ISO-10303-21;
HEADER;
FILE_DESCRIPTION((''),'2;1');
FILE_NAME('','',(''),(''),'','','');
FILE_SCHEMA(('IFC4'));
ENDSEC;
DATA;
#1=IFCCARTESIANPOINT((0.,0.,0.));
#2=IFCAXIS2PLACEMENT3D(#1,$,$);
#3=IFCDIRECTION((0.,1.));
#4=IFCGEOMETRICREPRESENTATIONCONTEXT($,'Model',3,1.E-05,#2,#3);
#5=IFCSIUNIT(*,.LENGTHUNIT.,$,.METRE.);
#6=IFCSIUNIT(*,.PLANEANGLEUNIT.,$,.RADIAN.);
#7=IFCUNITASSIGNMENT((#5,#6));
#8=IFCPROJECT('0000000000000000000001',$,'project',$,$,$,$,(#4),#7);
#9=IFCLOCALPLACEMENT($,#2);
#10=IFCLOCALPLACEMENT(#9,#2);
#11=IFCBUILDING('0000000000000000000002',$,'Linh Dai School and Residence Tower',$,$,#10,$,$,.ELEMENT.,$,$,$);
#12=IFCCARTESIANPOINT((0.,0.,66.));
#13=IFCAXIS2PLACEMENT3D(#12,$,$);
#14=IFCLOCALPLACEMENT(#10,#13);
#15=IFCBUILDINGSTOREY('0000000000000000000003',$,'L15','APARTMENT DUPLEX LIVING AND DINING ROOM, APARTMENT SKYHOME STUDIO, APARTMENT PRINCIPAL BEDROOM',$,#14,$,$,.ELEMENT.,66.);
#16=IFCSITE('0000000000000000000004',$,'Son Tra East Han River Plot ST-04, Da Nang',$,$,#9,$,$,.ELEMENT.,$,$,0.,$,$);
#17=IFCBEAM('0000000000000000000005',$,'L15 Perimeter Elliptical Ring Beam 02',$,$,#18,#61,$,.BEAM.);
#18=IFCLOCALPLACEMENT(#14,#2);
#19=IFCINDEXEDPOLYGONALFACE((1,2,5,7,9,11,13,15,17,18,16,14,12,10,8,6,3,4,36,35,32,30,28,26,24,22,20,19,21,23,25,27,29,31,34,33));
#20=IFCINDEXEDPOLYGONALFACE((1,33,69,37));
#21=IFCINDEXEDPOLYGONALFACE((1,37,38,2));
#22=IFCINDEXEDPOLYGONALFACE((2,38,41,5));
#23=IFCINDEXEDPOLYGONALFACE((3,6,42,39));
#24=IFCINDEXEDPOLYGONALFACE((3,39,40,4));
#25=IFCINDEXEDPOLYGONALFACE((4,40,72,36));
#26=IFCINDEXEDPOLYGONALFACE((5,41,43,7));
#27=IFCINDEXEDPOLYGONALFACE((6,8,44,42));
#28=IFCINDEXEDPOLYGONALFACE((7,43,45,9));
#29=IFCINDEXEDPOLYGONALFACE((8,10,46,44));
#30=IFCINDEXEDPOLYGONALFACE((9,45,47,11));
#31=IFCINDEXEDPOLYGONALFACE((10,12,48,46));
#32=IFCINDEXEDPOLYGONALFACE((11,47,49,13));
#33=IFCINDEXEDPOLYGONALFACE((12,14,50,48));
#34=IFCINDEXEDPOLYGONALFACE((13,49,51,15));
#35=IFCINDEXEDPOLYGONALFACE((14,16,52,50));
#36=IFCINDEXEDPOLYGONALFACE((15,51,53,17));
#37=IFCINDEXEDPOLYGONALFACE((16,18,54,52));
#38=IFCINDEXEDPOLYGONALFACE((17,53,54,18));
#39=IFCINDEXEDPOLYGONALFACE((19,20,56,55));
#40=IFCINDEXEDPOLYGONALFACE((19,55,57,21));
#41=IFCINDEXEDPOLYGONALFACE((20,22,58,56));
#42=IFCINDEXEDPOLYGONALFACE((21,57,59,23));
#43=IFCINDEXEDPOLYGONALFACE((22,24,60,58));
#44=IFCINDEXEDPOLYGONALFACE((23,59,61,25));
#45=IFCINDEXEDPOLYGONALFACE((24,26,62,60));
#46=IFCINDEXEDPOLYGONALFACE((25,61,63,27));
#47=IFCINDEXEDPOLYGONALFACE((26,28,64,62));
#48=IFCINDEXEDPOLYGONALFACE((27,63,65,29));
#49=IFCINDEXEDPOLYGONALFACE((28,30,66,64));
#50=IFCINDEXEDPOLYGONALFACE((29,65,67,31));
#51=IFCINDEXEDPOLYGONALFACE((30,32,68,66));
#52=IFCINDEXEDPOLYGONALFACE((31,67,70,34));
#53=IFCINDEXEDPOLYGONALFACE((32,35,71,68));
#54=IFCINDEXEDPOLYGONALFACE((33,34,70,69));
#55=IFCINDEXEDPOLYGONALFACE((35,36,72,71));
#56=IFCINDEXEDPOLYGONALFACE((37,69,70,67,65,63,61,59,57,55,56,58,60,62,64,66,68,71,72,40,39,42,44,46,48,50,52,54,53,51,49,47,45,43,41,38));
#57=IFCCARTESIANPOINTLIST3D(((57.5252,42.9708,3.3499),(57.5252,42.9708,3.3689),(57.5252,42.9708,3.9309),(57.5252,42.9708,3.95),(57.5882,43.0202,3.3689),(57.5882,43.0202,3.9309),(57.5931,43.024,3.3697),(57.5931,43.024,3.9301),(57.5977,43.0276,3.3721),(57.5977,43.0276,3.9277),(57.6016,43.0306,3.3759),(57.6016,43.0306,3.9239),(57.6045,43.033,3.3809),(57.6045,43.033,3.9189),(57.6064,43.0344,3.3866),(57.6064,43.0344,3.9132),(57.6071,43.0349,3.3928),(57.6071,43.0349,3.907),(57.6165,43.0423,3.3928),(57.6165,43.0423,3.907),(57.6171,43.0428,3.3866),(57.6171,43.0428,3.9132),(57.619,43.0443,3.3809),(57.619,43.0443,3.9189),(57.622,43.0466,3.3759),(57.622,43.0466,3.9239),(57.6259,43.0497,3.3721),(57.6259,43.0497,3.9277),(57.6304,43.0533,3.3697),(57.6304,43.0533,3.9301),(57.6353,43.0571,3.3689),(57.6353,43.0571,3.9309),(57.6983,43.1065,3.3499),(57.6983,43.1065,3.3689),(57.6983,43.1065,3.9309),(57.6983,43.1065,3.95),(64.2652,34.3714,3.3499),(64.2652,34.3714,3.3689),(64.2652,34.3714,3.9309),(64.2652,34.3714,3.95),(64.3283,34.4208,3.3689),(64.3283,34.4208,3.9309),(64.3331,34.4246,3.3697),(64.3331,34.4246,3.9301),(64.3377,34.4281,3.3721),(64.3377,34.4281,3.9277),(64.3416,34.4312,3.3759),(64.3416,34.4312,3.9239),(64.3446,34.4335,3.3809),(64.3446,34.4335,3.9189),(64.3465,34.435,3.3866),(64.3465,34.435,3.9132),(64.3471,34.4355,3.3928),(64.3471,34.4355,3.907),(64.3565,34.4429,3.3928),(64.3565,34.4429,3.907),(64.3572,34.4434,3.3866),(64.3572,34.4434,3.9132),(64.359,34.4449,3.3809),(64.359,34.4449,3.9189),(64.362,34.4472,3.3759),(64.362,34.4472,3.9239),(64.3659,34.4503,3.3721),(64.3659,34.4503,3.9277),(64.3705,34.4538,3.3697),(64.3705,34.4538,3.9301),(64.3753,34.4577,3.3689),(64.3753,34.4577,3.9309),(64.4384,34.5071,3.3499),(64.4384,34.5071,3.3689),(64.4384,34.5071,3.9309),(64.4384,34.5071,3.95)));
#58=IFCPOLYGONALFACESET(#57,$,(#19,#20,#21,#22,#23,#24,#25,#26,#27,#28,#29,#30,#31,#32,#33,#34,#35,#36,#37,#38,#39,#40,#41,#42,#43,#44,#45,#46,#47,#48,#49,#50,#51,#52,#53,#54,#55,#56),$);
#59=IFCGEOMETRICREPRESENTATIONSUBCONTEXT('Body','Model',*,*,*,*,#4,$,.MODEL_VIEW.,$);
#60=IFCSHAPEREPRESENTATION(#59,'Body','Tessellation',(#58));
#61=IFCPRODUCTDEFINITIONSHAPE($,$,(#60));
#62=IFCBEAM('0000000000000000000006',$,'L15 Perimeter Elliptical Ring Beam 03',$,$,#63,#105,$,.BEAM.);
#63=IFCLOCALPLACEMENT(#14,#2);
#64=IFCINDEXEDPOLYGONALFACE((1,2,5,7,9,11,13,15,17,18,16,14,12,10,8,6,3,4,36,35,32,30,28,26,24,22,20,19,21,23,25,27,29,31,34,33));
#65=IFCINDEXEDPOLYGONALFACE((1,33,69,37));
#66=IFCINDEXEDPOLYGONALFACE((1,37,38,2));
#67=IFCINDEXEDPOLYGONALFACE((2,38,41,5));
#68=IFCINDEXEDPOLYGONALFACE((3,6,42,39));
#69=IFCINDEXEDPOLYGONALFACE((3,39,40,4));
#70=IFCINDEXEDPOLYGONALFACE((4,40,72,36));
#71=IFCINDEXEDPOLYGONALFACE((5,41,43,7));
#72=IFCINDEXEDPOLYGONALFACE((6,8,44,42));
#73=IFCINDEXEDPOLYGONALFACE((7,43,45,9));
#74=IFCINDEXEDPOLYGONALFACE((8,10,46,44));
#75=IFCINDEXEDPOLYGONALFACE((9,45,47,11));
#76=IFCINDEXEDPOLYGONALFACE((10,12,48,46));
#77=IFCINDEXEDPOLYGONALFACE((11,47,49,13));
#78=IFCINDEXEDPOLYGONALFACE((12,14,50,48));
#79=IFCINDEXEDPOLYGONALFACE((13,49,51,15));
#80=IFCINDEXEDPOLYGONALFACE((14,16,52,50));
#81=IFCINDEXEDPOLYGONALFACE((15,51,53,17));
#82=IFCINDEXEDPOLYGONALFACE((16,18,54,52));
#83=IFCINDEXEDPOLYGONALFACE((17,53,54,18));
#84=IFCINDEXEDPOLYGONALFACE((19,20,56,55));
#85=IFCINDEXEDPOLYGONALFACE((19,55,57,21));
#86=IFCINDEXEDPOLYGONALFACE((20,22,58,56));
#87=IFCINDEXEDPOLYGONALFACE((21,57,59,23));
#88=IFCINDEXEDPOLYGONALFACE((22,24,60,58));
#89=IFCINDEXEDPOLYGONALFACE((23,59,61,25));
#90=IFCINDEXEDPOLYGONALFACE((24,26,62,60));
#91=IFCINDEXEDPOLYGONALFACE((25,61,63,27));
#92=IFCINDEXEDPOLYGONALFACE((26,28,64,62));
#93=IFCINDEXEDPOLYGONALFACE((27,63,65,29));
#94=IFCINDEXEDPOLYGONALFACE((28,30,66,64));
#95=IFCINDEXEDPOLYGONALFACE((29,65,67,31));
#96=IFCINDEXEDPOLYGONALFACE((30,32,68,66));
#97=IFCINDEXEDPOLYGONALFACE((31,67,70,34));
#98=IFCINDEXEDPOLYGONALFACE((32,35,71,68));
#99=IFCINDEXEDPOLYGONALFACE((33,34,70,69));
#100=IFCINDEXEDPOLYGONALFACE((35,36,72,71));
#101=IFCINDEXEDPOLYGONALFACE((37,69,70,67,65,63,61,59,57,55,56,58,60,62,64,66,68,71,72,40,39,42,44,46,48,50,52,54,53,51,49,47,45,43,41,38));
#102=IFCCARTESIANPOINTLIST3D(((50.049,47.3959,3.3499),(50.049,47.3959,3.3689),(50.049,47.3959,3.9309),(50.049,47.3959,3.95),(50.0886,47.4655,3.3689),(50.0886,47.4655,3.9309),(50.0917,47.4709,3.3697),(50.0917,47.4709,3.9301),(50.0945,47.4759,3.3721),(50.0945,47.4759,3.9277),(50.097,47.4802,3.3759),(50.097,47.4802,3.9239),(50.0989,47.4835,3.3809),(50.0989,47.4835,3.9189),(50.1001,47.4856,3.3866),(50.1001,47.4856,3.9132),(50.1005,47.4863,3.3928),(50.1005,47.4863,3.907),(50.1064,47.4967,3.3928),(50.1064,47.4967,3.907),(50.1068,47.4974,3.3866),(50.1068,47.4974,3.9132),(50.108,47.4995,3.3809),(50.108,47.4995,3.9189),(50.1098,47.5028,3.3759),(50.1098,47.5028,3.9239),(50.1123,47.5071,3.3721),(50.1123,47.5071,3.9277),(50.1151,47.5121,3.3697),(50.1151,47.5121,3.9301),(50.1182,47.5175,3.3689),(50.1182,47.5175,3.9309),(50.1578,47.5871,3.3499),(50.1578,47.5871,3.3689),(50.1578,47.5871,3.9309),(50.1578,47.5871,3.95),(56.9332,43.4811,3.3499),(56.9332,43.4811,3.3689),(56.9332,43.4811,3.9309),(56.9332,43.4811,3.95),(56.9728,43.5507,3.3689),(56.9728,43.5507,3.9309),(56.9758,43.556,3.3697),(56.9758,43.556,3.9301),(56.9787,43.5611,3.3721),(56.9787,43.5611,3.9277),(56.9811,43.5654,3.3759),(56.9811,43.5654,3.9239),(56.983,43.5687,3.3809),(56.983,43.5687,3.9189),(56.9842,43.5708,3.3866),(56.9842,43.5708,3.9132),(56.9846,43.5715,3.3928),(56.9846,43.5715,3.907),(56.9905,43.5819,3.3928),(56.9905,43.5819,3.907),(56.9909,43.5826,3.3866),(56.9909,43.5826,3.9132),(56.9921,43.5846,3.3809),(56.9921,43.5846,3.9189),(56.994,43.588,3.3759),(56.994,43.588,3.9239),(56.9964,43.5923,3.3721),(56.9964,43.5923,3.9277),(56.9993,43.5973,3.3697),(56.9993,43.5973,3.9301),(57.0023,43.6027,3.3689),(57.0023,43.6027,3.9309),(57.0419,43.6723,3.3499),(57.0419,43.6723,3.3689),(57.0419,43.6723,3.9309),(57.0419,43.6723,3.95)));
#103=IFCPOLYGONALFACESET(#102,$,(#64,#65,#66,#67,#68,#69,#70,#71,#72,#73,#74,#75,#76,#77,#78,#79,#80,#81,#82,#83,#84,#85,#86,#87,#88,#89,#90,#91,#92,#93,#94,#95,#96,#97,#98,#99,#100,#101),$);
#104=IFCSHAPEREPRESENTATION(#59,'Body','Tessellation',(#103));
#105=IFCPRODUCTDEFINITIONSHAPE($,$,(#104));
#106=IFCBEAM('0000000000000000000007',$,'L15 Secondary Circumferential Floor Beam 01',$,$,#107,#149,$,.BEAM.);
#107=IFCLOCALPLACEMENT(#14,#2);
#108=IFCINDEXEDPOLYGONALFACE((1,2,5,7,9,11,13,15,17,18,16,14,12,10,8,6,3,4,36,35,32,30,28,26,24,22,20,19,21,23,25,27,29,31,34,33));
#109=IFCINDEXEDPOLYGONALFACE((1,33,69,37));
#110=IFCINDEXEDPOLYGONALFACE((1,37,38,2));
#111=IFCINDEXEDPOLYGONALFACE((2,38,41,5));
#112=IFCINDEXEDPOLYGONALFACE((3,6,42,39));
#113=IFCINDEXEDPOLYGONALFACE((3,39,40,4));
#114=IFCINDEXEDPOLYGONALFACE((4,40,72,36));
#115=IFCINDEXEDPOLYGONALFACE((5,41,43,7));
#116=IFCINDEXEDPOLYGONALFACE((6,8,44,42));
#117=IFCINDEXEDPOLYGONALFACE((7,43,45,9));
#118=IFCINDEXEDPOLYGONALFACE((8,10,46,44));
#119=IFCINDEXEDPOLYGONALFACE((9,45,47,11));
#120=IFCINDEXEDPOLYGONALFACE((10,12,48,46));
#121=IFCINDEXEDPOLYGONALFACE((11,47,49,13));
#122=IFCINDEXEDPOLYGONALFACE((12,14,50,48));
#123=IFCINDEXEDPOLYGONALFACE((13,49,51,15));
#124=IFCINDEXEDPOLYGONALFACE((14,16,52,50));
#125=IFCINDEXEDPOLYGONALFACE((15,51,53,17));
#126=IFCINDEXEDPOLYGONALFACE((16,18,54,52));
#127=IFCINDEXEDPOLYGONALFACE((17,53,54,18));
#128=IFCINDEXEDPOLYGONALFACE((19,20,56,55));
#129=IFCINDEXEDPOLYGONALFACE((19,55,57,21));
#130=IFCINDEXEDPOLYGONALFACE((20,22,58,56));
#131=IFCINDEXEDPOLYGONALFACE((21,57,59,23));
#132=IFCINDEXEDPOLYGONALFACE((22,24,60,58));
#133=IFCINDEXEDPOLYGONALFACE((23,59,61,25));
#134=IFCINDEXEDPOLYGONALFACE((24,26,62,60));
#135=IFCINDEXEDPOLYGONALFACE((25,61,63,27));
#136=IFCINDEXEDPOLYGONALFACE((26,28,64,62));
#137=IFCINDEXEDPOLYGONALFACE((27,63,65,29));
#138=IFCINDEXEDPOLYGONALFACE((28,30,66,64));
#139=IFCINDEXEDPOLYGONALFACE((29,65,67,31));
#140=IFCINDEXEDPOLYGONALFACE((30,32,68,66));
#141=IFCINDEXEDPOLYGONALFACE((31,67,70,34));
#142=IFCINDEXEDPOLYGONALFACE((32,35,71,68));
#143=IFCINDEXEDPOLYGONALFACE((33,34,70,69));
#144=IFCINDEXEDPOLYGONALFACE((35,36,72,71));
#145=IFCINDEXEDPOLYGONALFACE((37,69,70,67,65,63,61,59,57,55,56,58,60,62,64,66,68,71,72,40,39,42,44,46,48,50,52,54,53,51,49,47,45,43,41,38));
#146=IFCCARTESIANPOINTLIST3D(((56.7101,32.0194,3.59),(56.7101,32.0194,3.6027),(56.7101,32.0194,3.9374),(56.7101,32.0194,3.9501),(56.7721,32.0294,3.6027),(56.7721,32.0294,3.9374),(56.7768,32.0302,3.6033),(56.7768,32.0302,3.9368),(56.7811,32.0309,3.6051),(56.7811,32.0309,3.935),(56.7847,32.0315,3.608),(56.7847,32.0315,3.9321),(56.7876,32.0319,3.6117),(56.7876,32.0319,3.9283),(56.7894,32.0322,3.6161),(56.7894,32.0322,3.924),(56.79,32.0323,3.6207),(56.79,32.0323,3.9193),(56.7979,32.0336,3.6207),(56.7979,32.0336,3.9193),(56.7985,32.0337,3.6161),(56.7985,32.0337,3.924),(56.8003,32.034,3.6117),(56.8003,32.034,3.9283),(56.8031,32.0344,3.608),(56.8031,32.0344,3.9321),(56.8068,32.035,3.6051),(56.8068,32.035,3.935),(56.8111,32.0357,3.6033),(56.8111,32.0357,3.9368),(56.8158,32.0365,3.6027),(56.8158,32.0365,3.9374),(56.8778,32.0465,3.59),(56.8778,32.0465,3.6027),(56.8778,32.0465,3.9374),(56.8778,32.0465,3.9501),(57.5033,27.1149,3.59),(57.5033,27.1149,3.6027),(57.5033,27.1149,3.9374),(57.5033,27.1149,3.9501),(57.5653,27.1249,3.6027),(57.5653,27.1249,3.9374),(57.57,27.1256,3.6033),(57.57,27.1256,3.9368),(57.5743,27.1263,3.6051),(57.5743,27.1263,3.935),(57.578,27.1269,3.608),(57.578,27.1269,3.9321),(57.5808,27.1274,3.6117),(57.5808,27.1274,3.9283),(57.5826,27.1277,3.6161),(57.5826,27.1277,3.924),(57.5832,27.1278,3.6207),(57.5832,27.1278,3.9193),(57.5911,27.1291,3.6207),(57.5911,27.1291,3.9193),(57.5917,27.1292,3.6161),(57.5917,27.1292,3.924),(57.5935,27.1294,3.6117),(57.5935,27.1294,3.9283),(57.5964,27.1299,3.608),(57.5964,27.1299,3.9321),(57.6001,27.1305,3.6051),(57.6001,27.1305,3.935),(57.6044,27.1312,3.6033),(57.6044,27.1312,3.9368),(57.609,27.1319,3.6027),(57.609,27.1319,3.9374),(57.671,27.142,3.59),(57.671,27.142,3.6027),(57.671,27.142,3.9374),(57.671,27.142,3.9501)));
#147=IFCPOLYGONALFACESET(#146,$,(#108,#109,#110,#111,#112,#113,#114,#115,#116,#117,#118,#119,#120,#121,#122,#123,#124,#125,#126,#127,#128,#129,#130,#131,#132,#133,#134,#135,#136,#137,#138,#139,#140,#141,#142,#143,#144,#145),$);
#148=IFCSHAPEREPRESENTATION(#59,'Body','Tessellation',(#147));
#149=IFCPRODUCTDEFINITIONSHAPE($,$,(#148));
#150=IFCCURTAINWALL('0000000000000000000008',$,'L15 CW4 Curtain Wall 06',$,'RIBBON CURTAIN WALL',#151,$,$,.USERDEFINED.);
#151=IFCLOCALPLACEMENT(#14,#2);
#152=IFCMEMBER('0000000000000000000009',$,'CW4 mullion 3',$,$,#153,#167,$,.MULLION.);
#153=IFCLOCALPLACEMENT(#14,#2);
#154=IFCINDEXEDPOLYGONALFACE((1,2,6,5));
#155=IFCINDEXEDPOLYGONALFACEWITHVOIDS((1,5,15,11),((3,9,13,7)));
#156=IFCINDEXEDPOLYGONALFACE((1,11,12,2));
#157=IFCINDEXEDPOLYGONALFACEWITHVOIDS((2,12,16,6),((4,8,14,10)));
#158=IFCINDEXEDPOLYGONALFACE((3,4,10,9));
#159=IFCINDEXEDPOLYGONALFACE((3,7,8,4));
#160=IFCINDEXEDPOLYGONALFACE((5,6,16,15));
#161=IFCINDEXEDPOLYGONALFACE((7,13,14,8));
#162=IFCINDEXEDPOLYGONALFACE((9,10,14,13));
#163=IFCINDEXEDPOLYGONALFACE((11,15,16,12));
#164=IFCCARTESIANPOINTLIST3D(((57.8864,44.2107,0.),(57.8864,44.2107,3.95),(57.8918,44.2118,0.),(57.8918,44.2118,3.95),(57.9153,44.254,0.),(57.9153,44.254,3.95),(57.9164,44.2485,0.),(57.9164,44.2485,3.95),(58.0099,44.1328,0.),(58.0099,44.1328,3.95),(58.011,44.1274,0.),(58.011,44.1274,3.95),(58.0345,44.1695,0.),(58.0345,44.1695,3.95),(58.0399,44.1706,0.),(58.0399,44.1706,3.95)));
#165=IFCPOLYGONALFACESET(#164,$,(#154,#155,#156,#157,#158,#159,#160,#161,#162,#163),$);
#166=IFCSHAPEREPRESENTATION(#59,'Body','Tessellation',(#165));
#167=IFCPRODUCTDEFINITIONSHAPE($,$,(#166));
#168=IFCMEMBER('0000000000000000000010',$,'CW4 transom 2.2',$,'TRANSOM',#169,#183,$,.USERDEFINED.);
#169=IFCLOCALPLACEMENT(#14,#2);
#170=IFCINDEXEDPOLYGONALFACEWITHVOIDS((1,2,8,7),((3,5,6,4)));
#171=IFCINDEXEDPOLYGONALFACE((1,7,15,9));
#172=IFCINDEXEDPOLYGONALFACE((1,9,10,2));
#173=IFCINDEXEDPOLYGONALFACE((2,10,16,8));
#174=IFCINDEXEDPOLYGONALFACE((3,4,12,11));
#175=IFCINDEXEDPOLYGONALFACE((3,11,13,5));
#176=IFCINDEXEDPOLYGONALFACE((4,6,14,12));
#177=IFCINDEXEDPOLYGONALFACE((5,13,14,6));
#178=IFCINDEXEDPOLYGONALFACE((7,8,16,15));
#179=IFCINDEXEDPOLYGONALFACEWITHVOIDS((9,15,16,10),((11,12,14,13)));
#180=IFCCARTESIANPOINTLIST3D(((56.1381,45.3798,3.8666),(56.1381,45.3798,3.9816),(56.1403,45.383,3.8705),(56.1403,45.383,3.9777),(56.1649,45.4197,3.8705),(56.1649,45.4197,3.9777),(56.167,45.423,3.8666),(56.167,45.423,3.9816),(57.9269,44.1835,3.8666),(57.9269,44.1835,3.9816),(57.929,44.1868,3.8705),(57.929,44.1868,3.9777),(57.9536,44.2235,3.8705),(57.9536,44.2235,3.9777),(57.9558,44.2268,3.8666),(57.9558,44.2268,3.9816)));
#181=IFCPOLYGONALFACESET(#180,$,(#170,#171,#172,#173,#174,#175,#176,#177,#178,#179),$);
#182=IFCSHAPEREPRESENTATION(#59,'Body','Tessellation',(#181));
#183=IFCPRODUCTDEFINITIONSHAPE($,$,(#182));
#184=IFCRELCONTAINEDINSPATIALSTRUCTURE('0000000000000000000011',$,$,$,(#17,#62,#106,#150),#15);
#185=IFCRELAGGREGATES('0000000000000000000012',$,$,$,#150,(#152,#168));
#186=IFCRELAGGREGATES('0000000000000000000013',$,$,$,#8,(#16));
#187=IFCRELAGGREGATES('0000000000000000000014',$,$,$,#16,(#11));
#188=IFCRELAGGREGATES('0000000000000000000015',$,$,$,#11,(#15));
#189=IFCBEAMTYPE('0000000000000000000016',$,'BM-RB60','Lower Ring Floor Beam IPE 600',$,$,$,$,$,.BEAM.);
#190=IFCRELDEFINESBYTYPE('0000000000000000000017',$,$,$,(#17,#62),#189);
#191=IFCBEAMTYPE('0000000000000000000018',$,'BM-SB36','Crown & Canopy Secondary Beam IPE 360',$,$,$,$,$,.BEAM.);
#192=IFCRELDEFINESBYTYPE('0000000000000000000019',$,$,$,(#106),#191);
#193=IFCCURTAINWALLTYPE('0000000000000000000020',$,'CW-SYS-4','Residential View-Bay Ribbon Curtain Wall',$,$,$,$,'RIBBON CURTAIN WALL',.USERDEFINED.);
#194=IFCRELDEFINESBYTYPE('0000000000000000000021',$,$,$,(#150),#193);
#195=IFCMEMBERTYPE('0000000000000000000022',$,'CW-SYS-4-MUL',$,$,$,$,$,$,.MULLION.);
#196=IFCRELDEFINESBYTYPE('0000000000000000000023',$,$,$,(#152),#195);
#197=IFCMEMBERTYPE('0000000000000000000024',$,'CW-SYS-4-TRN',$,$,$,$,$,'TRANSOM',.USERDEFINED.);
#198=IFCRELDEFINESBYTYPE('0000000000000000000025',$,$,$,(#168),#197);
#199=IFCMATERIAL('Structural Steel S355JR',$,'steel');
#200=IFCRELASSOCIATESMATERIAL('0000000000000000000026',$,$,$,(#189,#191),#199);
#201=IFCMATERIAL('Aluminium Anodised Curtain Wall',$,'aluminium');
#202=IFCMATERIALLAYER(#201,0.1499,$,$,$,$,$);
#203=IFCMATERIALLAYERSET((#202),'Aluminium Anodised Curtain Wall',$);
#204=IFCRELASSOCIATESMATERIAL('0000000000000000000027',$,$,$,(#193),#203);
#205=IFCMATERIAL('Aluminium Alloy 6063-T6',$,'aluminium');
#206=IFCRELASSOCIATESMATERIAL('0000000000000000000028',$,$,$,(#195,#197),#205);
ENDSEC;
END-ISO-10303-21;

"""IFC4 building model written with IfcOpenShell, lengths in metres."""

from ifc_helpers import new_model, si_unit, direction, frame, origin, origin_2d, place, context, subcontext, project, spatial, hollow_rectangle, i_section, extrude, source, transform, mapped, material, layer, layer_set, material_profile, profile_set, type_object, element, aggregate, save


model = new_model("IFC4")

# Units and contexts
model_context = context("Model", 3, precision=1e-05, world=origin(), true_north=direction((0.0, 1.0)))
body_context = subcontext(model_context, "Body", "Model", "MODEL_VIEW")
ifc_project = project(units=[si_unit("LENGTHUNIT", "METRE"), si_unit("PLANEANGLEUNIT", "RADIAN")], contexts=[model_context])

# Site, building, storey
site_placement = place(None, origin())
site = spatial("IfcSite", under=ifc_project, at=site_placement, Name="Son Tra East Han River Plot ST-04, Da Nang", CompositionType="ELEMENT", RefElevation=0.0)
building_placement = place(site_placement, origin())
building = spatial("IfcBuilding", under=site, at=building_placement, Name="Linh Dai School and Residence Tower", CompositionType="ELEMENT")
storey_placement = place(building_placement, frame((0.0, 0.0, 66.0)))
storey = spatial("IfcBuildingStorey", under=building, at=storey_placement, Name="L15", Description="APARTMENT DUPLEX LIVING AND DINING ROOM, APARTMENT SKYHOME STUDIO, APARTMENT PRINCIPAL BEDROOM", CompositionType="ELEMENT", Elevation=66.0)

# Shared definitions
ifc_material_1 = material(Name="Structural Steel S355JR", Category="steel")

# Beams
ifc_material_profile_1 = material_profile(ifc_material_1, i_section(OverallWidth=0.22, OverallDepth=0.6001, WebThickness=0.012, FlangeThickness=0.019, FilletRadius=0.0239, at=origin_2d()), Name="IPE 600")
ifc_profile_set_1 = profile_set([ifc_material_profile_1], Name="Structural Steel S355JR")
beam_type_1 = type_object("IfcBeamType", Name="BM-RB60", Description="Lower Ring Floor Beam IPE 600", PredefinedType="BEAM", material=ifc_profile_set_1)
beam_1_placement = place(storey_placement, frame((64.3518, 34.4392, 3.6499), z_axis=(-0.616879, 0.787058, 0.0), x_axis=(-0.787058, -0.616879, 0.0)))
element("IfcBeam", 1, at=beam_1_placement, inside=storey, type_object=beam_type_1, Name="L15 Perimeter Elliptical Ring Beam 02", PredefinedType="BEAM", context=body_context, shape_type="SweptSolid", body=[
    extrude(i_section(OverallWidth=0.22, OverallDepth=0.6001, WebThickness=0.012, FlangeThickness=0.019, FilletRadius=0.0239, at=origin_2d()), origin(), (0.0, 0.0, 1.0), 10.926),
])
beam_2_placement = place(storey_placement, frame((56.9875, 43.5767, 3.6499), z_axis=(-0.869271, 0.494335, 0.0), x_axis=(-0.494335, -0.869271, 0.0)))
element("IfcBeam", 2, at=beam_2_placement, inside=storey, type_object=beam_type_1, Name="L15 Perimeter Elliptical Ring Beam 03", PredefinedType="BEAM", context=body_context, shape_type="SweptSolid", body=[
    extrude(i_section(OverallWidth=0.22, OverallDepth=0.6001, WebThickness=0.012, FlangeThickness=0.019, FilletRadius=0.0239, at=origin_2d()), origin(), (0.0, 0.0, 1.0), 7.9194),
])
ifc_material_profile_2 = material_profile(ifc_material_1, i_section(OverallWidth=0.1699, OverallDepth=0.3601, WebThickness=0.0081, FlangeThickness=0.0127, FilletRadius=0.0181, at=origin_2d()), Name="IPE 360")
ifc_profile_set_2 = profile_set([ifc_material_profile_2], Name="Structural Steel S355JR")
beam_type_2 = type_object("IfcBeamType", Name="BM-SB36", Description="Crown & Canopy Secondary Beam IPE 360", PredefinedType="BEAM", material=ifc_profile_set_2)
beam_3_placement = place(storey_placement, frame((57.5872, 27.1284, 3.77), z_axis=(-0.159656, 0.987173, 0.0), x_axis=(-0.987173, -0.159656, 0.0)))
element("IfcBeam", 3, at=beam_3_placement, inside=storey, type_object=beam_type_2, Name="L15 Secondary Circumferential Floor Beam 01", PredefinedType="BEAM", context=body_context, shape_type="SweptSolid", body=[
    extrude(i_section(OverallWidth=0.1699, OverallDepth=0.3601, WebThickness=0.0081, FlangeThickness=0.0127, FilletRadius=0.0181, at=origin_2d()), origin(), (0.0, 0.0, 1.0), 4.9683),
])

# Curtain wall, members
ifc_material_2 = material(Name="Aluminium Anodised Curtain Wall", Category="aluminium")
ifc_layer_1 = layer(ifc_material_2, 0.1499)
ifc_layer_set_1 = layer_set([ifc_layer_1], Name="Aluminium Anodised Curtain Wall")
curtain_wall_type = type_object("IfcCurtainWallType", Name="CW-SYS-4", Description="Residential View-Bay Ribbon Curtain Wall", ElementType="RIBBON CURTAIN WALL", PredefinedType="USERDEFINED", material=ifc_layer_set_1)
curtain_wall_placement = place(storey_placement, origin())
curtain_wall = element("IfcCurtainWall", 4, at=curtain_wall_placement, inside=storey, type_object=curtain_wall_type, Name="L15 CW4 Curtain Wall 06", ObjectType="RIBBON CURTAIN WALL", PredefinedType="USERDEFINED")
ifc_material_3 = material(Name="Aluminium Alloy 6063-T6", Category="aluminium")
ifc_material_profile_3 = material_profile(ifc_material_3, hollow_rectangle(XDim=0.052, YDim=0.1499, WallThickness=0.0039, at=origin_2d()), Name="RHS 150x52x4")
ifc_profile_set_3 = profile_set([ifc_material_profile_3], Name="Aluminium Alloy 6063-T6")
member_type_1 = type_object("IfcMemberType", Name="CW-SYS-4-MUL", PredefinedType="MULLION", material=ifc_profile_set_3)
shared_shape_1 = source(origin(), body_context, "Body", "SweptSolid", [
    extrude(hollow_rectangle(XDim=0.052, YDim=0.1499, WallThickness=0.0039, at=origin_2d()), origin(), (0.0, 0.0, 1.0), 3.95),
])
member_1_placement = place(storey_placement, frame((57.9631, 44.1907, 0.0), z_axis=(0.0, 0.0, 1.0), x_axis=(0.555898, 0.831251, 0.0)))
member_1 = element("IfcMember", 5, at=member_1_placement, type_object=member_type_1, Name="CW4 mullion 3", PredefinedType="MULLION", context=body_context, shape_type="MappedRepresentation", body=[
    mapped(shared_shape_1, transform((0.0, 0.0, 0.0), x_axis=(1.0, 0.0, 0.0), y_axis=(0.0, 1.0, 0.0), z_axis=(0.0, 0.0, 1.0), scale=1.0)),
])
ifc_material_profile_4 = material_profile(ifc_material_3, hollow_rectangle(XDim=0.052, YDim=0.115, WallThickness=0.0039, at=origin_2d()), Name="RHS 115x52x4")
ifc_profile_set_4 = profile_set([ifc_material_profile_4], Name="Aluminium Alloy 6063-T6")
member_type_2 = type_object("IfcMemberType", Name="CW-SYS-4-TRN", ElementType="TRANSOM", PredefinedType="USERDEFINED", material=ifc_profile_set_4)
shared_shape_2 = source(origin(), body_context, "Body", "SweptSolid", [
    extrude(hollow_rectangle(XDim=0.052, YDim=0.115, WallThickness=0.0039, at=origin_2d()), origin(), (0.0, 0.0, 1.0), 2.1519),
])
member_2_placement = place(storey_placement, frame((56.1526, 45.4014, 3.9241), z_axis=(0.831247, -0.555904, 0.0), x_axis=(0.555904, 0.831247, 0.0)))
member_2 = element("IfcMember", 6, at=member_2_placement, type_object=member_type_2, Name="CW4 transom 2.2", ObjectType="TRANSOM", PredefinedType="USERDEFINED", context=body_context, shape_type="MappedRepresentation", body=[
    mapped(shared_shape_2, transform((0.0, 0.0, 0.0), x_axis=(1.0, 0.0, 0.0), y_axis=(0.0, 1.0, 0.0), z_axis=(0.0, 0.0, 1.0), scale=1.0)),
])

aggregate(curtain_wall, [member_1, member_2])

save(model, "model.ifc")
